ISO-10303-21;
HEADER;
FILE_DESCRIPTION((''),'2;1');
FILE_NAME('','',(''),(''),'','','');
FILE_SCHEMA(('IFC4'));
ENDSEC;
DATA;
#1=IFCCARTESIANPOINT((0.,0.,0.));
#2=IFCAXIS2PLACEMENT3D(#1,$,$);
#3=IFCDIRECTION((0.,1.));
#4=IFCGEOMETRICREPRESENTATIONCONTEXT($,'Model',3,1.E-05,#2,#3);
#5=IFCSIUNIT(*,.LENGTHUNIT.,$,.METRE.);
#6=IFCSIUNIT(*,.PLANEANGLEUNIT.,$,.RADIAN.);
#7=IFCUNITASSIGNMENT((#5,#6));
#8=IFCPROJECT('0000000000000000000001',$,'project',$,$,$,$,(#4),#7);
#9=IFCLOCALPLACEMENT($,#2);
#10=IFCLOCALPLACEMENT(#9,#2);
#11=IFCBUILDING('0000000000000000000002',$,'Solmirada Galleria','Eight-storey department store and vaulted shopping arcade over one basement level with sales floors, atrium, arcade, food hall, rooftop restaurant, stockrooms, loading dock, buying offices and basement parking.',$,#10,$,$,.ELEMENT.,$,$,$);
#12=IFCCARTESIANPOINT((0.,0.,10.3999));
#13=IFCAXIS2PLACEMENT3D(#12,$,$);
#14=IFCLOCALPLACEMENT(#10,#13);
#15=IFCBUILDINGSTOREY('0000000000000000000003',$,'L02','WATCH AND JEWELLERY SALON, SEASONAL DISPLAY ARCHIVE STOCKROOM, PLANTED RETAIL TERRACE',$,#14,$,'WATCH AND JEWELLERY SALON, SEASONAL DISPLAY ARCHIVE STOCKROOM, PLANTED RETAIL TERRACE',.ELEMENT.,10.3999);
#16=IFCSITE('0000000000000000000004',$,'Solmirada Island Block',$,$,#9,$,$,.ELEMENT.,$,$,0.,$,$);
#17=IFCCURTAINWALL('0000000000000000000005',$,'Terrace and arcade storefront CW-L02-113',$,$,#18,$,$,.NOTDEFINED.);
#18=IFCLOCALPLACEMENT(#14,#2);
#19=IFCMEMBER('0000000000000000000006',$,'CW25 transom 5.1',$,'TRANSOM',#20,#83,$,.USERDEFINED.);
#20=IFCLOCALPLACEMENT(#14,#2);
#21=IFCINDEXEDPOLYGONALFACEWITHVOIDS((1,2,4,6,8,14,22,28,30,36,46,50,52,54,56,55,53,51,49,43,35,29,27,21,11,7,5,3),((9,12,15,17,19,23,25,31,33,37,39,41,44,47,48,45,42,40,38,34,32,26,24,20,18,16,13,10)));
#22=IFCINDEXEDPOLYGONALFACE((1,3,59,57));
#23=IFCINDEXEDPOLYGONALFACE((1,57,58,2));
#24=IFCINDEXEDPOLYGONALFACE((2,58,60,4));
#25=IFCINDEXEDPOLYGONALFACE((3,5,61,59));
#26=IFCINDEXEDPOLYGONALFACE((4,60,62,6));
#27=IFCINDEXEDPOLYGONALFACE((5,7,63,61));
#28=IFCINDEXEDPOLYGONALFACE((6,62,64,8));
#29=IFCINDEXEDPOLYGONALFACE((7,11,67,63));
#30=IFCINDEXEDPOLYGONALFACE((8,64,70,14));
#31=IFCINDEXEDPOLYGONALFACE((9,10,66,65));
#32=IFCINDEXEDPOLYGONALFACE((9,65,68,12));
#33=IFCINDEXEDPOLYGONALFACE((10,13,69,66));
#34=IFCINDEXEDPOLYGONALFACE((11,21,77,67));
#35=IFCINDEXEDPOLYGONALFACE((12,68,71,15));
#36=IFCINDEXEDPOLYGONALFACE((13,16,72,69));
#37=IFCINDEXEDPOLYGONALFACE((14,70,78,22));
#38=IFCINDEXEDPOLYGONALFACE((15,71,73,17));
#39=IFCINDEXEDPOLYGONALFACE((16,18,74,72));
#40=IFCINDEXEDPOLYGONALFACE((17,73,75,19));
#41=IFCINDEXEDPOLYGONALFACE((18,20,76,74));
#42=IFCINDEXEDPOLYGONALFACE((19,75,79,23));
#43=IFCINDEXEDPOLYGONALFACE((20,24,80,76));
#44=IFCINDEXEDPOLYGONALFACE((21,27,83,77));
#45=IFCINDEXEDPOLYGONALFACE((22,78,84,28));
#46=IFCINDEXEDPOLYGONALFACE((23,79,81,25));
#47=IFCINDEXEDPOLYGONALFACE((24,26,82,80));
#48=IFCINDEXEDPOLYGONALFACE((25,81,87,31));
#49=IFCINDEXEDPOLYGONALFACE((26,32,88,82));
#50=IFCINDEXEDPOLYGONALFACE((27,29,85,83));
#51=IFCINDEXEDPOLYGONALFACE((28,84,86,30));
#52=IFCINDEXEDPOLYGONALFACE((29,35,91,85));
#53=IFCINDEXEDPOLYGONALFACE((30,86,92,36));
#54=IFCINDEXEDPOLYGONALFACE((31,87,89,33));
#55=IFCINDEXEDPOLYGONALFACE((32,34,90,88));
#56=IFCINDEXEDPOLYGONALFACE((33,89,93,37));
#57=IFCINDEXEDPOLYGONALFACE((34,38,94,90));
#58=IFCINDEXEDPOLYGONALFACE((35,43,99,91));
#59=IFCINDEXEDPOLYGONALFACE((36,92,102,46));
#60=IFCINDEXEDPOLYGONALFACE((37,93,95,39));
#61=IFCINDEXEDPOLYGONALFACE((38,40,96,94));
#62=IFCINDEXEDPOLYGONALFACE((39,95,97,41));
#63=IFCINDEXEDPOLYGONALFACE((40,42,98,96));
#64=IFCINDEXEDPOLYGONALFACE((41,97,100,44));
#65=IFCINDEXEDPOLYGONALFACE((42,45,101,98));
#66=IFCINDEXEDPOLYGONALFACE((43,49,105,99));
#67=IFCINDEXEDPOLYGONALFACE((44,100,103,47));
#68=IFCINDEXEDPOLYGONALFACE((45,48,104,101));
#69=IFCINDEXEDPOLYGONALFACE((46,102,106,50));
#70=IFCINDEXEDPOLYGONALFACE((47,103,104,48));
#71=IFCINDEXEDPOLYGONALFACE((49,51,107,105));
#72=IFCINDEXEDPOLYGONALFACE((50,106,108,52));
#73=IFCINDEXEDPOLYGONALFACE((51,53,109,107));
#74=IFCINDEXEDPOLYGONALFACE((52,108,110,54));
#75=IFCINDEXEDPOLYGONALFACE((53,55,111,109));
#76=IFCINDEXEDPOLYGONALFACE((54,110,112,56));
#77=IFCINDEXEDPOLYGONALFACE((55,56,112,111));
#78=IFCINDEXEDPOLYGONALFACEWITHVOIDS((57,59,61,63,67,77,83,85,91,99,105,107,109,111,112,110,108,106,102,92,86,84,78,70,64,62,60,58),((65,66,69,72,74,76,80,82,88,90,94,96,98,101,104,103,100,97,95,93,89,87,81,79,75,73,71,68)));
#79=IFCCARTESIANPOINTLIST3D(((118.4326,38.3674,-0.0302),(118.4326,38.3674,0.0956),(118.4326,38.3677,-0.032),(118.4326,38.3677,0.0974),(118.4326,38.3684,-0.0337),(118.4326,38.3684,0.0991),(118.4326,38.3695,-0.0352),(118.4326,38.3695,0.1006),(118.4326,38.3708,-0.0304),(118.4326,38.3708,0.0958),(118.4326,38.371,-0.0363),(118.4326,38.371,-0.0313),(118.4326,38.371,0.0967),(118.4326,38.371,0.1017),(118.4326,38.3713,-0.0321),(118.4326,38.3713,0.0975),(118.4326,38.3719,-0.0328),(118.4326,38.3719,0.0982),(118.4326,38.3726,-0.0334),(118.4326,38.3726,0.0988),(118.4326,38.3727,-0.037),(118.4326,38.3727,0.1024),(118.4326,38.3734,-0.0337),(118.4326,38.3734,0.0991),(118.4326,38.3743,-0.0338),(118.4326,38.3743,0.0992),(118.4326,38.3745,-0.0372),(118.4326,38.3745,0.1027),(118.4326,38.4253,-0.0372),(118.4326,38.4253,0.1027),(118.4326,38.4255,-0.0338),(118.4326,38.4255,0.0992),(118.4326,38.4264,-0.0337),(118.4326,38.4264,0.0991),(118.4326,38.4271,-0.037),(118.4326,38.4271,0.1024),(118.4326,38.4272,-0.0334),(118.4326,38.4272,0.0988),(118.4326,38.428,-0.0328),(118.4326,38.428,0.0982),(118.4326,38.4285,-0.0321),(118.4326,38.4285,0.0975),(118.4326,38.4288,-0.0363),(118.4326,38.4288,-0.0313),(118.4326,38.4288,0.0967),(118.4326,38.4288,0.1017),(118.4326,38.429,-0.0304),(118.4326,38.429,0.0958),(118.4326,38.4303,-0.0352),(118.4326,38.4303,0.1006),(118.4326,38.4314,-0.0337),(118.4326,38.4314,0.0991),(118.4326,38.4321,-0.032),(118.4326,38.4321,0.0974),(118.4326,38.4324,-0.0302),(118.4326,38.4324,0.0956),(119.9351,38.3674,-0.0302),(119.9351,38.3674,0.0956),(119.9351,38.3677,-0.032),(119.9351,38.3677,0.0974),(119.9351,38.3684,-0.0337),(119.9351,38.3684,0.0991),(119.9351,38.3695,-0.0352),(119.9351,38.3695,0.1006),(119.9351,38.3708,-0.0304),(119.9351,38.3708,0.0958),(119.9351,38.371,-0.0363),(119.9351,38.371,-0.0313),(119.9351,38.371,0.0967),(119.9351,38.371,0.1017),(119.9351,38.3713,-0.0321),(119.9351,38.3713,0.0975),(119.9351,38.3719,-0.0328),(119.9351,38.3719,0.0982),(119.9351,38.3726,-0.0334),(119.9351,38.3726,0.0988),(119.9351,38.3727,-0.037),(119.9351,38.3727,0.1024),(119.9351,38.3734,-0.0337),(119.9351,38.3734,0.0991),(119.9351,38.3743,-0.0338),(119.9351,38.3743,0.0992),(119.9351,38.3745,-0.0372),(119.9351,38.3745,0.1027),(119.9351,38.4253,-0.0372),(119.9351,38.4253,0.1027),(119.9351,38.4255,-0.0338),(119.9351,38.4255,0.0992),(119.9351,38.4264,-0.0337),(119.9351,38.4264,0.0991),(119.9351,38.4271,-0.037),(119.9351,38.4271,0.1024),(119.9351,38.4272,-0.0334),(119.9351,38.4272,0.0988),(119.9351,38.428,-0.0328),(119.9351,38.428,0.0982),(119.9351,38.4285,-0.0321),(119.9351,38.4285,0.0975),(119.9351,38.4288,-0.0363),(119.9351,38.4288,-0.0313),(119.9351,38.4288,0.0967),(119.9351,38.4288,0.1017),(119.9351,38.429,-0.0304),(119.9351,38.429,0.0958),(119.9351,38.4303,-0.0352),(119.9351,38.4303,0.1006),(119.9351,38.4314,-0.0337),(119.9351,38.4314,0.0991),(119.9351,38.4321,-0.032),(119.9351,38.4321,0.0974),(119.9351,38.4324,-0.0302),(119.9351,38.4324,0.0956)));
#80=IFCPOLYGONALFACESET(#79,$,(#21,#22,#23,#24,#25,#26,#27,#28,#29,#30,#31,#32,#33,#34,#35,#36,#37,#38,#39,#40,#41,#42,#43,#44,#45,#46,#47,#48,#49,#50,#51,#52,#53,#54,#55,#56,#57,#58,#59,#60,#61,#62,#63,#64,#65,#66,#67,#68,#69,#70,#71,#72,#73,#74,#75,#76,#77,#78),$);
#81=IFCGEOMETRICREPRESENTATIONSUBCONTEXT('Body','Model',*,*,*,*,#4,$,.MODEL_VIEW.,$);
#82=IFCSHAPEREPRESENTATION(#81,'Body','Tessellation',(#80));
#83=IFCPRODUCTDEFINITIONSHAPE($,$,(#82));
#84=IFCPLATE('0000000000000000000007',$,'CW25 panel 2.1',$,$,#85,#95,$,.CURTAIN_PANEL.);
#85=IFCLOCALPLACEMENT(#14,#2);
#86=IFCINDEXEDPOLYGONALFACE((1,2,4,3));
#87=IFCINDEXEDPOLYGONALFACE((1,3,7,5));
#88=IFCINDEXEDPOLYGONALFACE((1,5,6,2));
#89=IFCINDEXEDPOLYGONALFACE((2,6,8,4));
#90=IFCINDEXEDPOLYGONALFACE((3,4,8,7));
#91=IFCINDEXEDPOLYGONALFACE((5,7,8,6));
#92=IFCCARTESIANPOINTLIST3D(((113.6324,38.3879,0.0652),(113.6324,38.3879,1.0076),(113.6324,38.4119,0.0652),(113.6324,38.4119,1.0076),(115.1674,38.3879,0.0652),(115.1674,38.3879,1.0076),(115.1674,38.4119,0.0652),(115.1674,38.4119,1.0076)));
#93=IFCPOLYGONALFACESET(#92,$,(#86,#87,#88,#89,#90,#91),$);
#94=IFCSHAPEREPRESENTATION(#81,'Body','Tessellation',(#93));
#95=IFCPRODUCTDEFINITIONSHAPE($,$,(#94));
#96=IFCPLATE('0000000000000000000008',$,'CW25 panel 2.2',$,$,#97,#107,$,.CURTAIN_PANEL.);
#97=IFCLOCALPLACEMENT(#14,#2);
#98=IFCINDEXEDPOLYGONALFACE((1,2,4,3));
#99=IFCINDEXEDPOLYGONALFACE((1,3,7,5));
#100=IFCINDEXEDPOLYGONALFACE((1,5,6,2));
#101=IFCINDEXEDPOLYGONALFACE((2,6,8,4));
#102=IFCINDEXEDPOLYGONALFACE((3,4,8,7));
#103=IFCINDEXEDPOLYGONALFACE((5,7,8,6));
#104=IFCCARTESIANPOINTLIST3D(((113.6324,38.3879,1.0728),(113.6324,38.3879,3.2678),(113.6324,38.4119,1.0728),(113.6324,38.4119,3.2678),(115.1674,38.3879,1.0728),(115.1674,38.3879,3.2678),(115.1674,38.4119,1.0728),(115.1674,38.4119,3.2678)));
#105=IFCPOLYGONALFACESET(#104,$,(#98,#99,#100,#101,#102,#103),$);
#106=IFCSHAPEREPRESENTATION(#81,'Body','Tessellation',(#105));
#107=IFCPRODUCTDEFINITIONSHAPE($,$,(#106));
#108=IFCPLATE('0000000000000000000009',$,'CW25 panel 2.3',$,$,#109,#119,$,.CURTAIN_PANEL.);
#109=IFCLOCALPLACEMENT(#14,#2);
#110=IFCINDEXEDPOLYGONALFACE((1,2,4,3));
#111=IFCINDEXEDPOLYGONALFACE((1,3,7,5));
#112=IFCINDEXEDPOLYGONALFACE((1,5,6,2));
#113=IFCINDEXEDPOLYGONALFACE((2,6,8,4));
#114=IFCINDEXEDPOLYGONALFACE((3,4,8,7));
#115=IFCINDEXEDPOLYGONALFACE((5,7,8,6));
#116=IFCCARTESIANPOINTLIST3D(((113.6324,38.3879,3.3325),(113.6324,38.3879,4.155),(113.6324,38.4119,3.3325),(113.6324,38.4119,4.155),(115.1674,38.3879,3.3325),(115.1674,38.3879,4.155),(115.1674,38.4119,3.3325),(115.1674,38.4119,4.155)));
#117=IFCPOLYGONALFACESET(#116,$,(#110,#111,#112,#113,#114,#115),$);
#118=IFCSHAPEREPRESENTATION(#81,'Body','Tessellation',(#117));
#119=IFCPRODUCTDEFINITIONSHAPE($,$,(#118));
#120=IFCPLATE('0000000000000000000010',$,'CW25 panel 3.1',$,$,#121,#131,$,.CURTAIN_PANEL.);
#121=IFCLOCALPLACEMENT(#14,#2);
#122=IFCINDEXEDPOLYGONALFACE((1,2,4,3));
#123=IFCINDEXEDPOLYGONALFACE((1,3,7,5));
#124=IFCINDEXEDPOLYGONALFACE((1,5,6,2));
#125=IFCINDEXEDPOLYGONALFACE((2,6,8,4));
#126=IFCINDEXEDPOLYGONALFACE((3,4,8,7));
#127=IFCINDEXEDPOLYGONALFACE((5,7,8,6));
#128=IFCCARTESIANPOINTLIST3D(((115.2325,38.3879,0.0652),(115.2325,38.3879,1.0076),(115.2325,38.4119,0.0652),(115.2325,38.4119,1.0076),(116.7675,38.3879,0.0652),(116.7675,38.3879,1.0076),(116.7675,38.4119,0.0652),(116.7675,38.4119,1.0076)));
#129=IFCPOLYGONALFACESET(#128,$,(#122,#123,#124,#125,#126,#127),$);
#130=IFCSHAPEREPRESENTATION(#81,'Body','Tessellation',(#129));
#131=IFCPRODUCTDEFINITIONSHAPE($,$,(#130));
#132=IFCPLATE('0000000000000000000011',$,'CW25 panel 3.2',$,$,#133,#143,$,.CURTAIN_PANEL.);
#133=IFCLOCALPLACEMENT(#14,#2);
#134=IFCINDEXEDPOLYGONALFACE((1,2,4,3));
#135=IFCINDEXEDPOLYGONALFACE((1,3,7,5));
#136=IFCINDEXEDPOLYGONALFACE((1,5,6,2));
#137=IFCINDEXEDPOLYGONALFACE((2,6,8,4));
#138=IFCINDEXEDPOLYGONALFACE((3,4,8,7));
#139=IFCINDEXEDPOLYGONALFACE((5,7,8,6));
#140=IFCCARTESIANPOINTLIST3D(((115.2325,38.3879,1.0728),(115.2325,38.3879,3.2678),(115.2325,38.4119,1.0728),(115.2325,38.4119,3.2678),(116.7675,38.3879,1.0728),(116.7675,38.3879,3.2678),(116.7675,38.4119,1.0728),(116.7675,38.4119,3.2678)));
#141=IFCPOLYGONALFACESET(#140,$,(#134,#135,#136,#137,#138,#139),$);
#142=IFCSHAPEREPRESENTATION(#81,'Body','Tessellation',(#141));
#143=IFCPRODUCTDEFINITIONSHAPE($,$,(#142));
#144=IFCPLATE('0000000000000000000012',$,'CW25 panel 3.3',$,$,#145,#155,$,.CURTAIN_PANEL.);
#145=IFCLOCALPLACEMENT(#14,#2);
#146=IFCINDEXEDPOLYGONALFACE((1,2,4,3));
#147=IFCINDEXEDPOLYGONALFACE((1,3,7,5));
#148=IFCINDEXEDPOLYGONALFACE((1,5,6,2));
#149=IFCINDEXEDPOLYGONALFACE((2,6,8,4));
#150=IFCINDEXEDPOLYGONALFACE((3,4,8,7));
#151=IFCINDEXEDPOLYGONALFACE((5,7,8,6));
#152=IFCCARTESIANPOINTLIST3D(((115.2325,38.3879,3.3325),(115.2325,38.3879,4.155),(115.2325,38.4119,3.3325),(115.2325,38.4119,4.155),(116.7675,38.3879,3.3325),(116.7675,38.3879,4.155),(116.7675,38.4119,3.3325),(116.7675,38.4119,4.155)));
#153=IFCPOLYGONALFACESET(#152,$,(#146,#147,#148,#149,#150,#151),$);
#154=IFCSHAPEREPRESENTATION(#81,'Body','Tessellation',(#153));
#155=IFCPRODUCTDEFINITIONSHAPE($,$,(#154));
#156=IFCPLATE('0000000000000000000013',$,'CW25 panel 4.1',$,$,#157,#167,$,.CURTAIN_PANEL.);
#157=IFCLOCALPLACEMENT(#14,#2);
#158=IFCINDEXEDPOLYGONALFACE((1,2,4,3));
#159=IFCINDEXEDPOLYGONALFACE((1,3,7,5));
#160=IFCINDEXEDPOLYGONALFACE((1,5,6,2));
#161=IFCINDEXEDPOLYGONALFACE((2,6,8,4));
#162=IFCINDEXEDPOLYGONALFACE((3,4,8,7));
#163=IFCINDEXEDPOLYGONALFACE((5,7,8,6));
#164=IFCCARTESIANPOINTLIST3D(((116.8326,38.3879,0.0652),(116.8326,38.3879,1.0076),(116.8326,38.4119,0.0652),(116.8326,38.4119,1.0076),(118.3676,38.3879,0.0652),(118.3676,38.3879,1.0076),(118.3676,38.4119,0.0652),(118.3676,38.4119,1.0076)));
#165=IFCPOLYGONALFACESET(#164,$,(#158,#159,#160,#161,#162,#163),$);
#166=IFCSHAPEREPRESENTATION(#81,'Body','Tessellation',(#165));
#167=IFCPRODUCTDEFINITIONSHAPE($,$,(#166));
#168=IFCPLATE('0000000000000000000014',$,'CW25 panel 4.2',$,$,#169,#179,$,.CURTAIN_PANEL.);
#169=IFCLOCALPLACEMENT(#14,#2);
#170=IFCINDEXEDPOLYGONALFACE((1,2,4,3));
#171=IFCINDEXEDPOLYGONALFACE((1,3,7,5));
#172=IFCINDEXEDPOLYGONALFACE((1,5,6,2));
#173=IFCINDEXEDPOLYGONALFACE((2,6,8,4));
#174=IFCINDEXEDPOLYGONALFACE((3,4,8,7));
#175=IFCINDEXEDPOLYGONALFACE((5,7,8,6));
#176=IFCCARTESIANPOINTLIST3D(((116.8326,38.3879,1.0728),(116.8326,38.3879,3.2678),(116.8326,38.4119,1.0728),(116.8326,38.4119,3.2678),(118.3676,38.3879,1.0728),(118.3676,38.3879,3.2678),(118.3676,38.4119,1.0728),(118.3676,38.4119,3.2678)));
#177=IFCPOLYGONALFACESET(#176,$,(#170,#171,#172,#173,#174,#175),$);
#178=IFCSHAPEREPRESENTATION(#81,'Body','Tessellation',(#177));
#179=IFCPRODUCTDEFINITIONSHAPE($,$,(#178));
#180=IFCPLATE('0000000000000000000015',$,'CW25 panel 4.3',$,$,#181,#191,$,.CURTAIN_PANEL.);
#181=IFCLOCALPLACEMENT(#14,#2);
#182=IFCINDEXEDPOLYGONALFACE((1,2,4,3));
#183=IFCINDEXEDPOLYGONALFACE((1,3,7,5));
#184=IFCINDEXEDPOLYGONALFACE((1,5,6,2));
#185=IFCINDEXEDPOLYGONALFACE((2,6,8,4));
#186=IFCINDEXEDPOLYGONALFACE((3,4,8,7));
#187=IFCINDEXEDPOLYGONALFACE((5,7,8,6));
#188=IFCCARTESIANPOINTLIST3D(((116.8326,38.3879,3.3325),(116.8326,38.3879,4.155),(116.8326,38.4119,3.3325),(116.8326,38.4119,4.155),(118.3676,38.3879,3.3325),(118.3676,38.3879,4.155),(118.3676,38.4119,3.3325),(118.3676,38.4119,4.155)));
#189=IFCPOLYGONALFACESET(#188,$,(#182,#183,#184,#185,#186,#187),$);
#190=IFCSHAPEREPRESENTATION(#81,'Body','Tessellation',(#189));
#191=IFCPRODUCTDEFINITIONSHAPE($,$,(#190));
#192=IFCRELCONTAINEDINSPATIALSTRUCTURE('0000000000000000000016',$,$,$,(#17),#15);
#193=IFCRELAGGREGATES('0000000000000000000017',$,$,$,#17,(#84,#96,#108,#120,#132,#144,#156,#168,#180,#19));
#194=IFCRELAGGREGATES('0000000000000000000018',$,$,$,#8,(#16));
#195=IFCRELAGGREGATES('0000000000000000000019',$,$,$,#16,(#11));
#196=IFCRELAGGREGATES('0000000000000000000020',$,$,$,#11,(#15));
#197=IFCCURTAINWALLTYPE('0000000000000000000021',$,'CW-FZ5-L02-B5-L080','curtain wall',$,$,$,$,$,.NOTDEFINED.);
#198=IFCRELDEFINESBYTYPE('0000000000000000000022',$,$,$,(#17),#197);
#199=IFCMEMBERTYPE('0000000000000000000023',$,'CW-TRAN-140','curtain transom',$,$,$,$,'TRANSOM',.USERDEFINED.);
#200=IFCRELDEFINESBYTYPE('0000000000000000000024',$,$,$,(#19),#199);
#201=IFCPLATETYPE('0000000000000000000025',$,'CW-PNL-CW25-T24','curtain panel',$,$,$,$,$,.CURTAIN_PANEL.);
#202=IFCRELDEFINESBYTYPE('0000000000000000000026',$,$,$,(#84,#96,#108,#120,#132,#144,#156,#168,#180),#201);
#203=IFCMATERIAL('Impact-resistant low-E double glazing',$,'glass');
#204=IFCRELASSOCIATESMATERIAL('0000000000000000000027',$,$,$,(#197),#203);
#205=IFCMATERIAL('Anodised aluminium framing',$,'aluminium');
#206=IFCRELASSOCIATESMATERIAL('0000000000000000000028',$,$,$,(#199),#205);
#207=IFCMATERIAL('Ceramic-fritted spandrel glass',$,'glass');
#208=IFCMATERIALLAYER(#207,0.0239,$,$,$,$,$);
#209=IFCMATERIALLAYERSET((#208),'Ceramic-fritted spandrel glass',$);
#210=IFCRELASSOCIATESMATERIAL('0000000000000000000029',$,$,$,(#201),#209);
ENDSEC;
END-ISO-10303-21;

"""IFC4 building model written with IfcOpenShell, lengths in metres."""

from ifc_helpers import new_model, si_unit, direction, frame, origin, origin_2d, place, context, subcontext, project, spatial, rectangle, hollow_rectangle, extrude, material, layer, layer_set, material_profile, profile_set, type_object, element, aggregate, save


model = new_model("IFC4")

# Units and contexts
model_context = context("Model", 3, precision=1e-05, world=origin(), true_north=direction((0.0, 1.0)))
body_context = subcontext(model_context, "Body", "Model", "MODEL_VIEW")
ifc_project = project(units=[si_unit("LENGTHUNIT", "METRE"), si_unit("PLANEANGLEUNIT", "RADIAN")], contexts=[model_context])

# Site, building, storey
site_placement = place(None, origin())
site = spatial("IfcSite", under=ifc_project, at=site_placement, Name="Solmirada Island Block", CompositionType="ELEMENT", RefElevation=0.0)
building_placement = place(site_placement, origin())
building = spatial("IfcBuilding", under=site, at=building_placement, Name="Solmirada Galleria", Description="Eight-storey department store and vaulted shopping arcade over one basement level with sales floors, atrium, arcade, food hall, rooftop restaurant, stockrooms, loading dock, buying offices and basement parking.", CompositionType="ELEMENT")
storey_placement = place(building_placement, frame((0.0, 0.0, 10.3999)))
storey = spatial("IfcBuildingStorey", under=building, at=storey_placement, Name="L02", Description="WATCH AND JEWELLERY SALON, SEASONAL DISPLAY ARCHIVE STOCKROOM, PLANTED RETAIL TERRACE", LongName="WATCH AND JEWELLERY SALON, SEASONAL DISPLAY ARCHIVE STOCKROOM, PLANTED RETAIL TERRACE", CompositionType="ELEMENT", Elevation=10.3999)

# Curtain wall, member, plates
ifc_material_1 = material(Name="Impact-resistant low-E double glazing", Category="glass")
curtain_wall_type = type_object("IfcCurtainWallType", Name="CW-FZ5-L02-B5-L080", Description="curtain wall", PredefinedType="NOTDEFINED", material=ifc_material_1)
curtain_wall_placement = place(storey_placement, origin())
curtain_wall = element("IfcCurtainWall", 1, at=curtain_wall_placement, inside=storey, type_object=curtain_wall_type, Name="Terrace and arcade storefront CW-L02-113", PredefinedType="NOTDEFINED")
ifc_material_2 = material(Name="Anodised aluminium framing", Category="aluminium")
ifc_material_profile_1 = material_profile(ifc_material_2, hollow_rectangle(XDim=0.0649, YDim=0.1399, WallThickness=0.0034, InnerFilletRadius=0.0034, OuterFilletRadius=0.0071, at=origin_2d()), Name="ALU-TRAN-140X65")
ifc_profile_set_1 = profile_set([ifc_material_profile_1], Name="Anodised aluminium framing")
member_type_1 = type_object("IfcMemberType", Name="CW-TRAN-140", Description="curtain transom", ElementType="TRANSOM", PredefinedType="USERDEFINED", material=ifc_profile_set_1)
member_1_placement = place(storey_placement, frame((118.4326, 38.3999, 0.0327), z_axis=(1.0, 0.0, 0.0), x_axis=(0.0, 1.0, 0.0)))
member_1 = element("IfcMember", 2, at=member_1_placement, type_object=member_type_1, Name="CW25 transom 5.1", ObjectType="TRANSOM", PredefinedType="USERDEFINED", context=body_context, shape_type="SweptSolid", body=[
    extrude(hollow_rectangle(XDim=0.0649, YDim=0.1399, WallThickness=0.0034, InnerFilletRadius=0.0034, OuterFilletRadius=0.0071, at=origin_2d()), origin(), (0.0, 0.0, 1.0), 1.5024),
])
ifc_material_3 = material(Name="Ceramic-fritted spandrel glass", Category="glass")
ifc_layer = layer(ifc_material_3, 0.0239)
ifc_layer_set = layer_set([ifc_layer], Name="Ceramic-fritted spandrel glass")
plate_type = type_object("IfcPlateType", Name="CW-PNL-CW25-T24", Description="curtain panel", PredefinedType="CURTAIN_PANEL", material=ifc_layer_set)
plate_1_placement = place(storey_placement, frame((114.3999, 38.3999, 0.0652), z_axis=(0.0, 0.0, 1.0), x_axis=(1.0, 0.0, 0.0)))
plate_1 = element("IfcPlate", 3, at=plate_1_placement, type_object=plate_type, Name="CW25 panel 2.1", PredefinedType="CURTAIN_PANEL", context=body_context, shape_type="SweptSolid", body=[
    extrude(rectangle(XDim=1.5349, YDim=0.0239, at=origin_2d()), origin(), (0.0, 0.0, 1.0), 0.9424),
])
plate_2_placement = place(storey_placement, frame((114.3999, 38.3999, 1.0728), z_axis=(0.0, 0.0, 1.0), x_axis=(1.0, 0.0, 0.0)))
plate_2 = element("IfcPlate", 4, at=plate_2_placement, type_object=plate_type, Name="CW25 panel 2.2", PredefinedType="CURTAIN_PANEL", context=body_context, shape_type="SweptSolid", body=[
    extrude(rectangle(XDim=1.5349, YDim=0.0239, at=origin_2d()), origin(), (0.0, 0.0, 1.0), 2.1951),
])
plate_3_placement = place(storey_placement, frame((114.3999, 38.3999, 3.3325), z_axis=(0.0, 0.0, 1.0), x_axis=(1.0, 0.0, 0.0)))
plate_3 = element("IfcPlate", 5, at=plate_3_placement, type_object=plate_type, Name="CW25 panel 2.3", PredefinedType="CURTAIN_PANEL", context=body_context, shape_type="SweptSolid", body=[
    extrude(rectangle(XDim=1.5349, YDim=0.0239, at=origin_2d()), origin(), (0.0, 0.0, 1.0), 0.8225),
])
plate_4_placement = place(storey_placement, frame((116.0, 38.3999, 0.0652), z_axis=(0.0, 0.0, 1.0), x_axis=(1.0, 0.0, 0.0)))
plate_4 = element("IfcPlate", 6, at=plate_4_placement, type_object=plate_type, Name="CW25 panel 3.1", PredefinedType="CURTAIN_PANEL", context=body_context, shape_type="SweptSolid", body=[
    extrude(rectangle(XDim=1.5349, YDim=0.0239, at=origin_2d()), origin(), (0.0, 0.0, 1.0), 0.9424),
])
plate_5_placement = place(storey_placement, frame((116.0, 38.3999, 1.0728), z_axis=(0.0, 0.0, 1.0), x_axis=(1.0, 0.0, 0.0)))
plate_5 = element("IfcPlate", 7, at=plate_5_placement, type_object=plate_type, Name="CW25 panel 3.2", PredefinedType="CURTAIN_PANEL", context=body_context, shape_type="SweptSolid", body=[
    extrude(rectangle(XDim=1.5349, YDim=0.0239, at=origin_2d()), origin(), (0.0, 0.0, 1.0), 2.1951),
])
plate_6_placement = place(storey_placement, frame((116.0, 38.3999, 3.3325), z_axis=(0.0, 0.0, 1.0), x_axis=(1.0, 0.0, 0.0)))
plate_6 = element("IfcPlate", 8, at=plate_6_placement, type_object=plate_type, Name="CW25 panel 3.3", PredefinedType="CURTAIN_PANEL", context=body_context, shape_type="SweptSolid", body=[
    extrude(rectangle(XDim=1.5349, YDim=0.0239, at=origin_2d()), origin(), (0.0, 0.0, 1.0), 0.8225),
])
plate_7_placement = place(storey_placement, frame((117.6001, 38.3999, 0.0652), z_axis=(0.0, 0.0, 1.0), x_axis=(1.0, 0.0, 0.0)))
plate_7 = element("IfcPlate", 9, at=plate_7_placement, type_object=plate_type, Name="CW25 panel 4.1", PredefinedType="CURTAIN_PANEL", context=body_context, shape_type="SweptSolid", body=[
    extrude(rectangle(XDim=1.5349, YDim=0.0239, at=origin_2d()), origin(), (0.0, 0.0, 1.0), 0.9424),
])
plate_8_placement = place(storey_placement, frame((117.6001, 38.3999, 1.0728), z_axis=(0.0, 0.0, 1.0), x_axis=(1.0, 0.0, 0.0)))
plate_8 = element("IfcPlate", 10, at=plate_8_placement, type_object=plate_type, Name="CW25 panel 4.2", PredefinedType="CURTAIN_PANEL", context=body_context, shape_type="SweptSolid", body=[
    extrude(rectangle(XDim=1.5349, YDim=0.0239, at=origin_2d()), origin(), (0.0, 0.0, 1.0), 2.1951),
])
plate_9_placement = place(storey_placement, frame((117.6001, 38.3999, 3.3325), z_axis=(0.0, 0.0, 1.0), x_axis=(1.0, 0.0, 0.0)))
plate_9 = element("IfcPlate", 11, at=plate_9_placement, type_object=plate_type, Name="CW25 panel 4.3", PredefinedType="CURTAIN_PANEL", context=body_context, shape_type="SweptSolid", body=[
    extrude(rectangle(XDim=1.5349, YDim=0.0239, at=origin_2d()), origin(), (0.0, 0.0, 1.0), 0.8225),
])
aggregate(curtain_wall, [plate_1, plate_2, plate_3, plate_4, plate_5, plate_6, plate_7, plate_8, plate_9, member_1])

save(model, "model.ifc")
